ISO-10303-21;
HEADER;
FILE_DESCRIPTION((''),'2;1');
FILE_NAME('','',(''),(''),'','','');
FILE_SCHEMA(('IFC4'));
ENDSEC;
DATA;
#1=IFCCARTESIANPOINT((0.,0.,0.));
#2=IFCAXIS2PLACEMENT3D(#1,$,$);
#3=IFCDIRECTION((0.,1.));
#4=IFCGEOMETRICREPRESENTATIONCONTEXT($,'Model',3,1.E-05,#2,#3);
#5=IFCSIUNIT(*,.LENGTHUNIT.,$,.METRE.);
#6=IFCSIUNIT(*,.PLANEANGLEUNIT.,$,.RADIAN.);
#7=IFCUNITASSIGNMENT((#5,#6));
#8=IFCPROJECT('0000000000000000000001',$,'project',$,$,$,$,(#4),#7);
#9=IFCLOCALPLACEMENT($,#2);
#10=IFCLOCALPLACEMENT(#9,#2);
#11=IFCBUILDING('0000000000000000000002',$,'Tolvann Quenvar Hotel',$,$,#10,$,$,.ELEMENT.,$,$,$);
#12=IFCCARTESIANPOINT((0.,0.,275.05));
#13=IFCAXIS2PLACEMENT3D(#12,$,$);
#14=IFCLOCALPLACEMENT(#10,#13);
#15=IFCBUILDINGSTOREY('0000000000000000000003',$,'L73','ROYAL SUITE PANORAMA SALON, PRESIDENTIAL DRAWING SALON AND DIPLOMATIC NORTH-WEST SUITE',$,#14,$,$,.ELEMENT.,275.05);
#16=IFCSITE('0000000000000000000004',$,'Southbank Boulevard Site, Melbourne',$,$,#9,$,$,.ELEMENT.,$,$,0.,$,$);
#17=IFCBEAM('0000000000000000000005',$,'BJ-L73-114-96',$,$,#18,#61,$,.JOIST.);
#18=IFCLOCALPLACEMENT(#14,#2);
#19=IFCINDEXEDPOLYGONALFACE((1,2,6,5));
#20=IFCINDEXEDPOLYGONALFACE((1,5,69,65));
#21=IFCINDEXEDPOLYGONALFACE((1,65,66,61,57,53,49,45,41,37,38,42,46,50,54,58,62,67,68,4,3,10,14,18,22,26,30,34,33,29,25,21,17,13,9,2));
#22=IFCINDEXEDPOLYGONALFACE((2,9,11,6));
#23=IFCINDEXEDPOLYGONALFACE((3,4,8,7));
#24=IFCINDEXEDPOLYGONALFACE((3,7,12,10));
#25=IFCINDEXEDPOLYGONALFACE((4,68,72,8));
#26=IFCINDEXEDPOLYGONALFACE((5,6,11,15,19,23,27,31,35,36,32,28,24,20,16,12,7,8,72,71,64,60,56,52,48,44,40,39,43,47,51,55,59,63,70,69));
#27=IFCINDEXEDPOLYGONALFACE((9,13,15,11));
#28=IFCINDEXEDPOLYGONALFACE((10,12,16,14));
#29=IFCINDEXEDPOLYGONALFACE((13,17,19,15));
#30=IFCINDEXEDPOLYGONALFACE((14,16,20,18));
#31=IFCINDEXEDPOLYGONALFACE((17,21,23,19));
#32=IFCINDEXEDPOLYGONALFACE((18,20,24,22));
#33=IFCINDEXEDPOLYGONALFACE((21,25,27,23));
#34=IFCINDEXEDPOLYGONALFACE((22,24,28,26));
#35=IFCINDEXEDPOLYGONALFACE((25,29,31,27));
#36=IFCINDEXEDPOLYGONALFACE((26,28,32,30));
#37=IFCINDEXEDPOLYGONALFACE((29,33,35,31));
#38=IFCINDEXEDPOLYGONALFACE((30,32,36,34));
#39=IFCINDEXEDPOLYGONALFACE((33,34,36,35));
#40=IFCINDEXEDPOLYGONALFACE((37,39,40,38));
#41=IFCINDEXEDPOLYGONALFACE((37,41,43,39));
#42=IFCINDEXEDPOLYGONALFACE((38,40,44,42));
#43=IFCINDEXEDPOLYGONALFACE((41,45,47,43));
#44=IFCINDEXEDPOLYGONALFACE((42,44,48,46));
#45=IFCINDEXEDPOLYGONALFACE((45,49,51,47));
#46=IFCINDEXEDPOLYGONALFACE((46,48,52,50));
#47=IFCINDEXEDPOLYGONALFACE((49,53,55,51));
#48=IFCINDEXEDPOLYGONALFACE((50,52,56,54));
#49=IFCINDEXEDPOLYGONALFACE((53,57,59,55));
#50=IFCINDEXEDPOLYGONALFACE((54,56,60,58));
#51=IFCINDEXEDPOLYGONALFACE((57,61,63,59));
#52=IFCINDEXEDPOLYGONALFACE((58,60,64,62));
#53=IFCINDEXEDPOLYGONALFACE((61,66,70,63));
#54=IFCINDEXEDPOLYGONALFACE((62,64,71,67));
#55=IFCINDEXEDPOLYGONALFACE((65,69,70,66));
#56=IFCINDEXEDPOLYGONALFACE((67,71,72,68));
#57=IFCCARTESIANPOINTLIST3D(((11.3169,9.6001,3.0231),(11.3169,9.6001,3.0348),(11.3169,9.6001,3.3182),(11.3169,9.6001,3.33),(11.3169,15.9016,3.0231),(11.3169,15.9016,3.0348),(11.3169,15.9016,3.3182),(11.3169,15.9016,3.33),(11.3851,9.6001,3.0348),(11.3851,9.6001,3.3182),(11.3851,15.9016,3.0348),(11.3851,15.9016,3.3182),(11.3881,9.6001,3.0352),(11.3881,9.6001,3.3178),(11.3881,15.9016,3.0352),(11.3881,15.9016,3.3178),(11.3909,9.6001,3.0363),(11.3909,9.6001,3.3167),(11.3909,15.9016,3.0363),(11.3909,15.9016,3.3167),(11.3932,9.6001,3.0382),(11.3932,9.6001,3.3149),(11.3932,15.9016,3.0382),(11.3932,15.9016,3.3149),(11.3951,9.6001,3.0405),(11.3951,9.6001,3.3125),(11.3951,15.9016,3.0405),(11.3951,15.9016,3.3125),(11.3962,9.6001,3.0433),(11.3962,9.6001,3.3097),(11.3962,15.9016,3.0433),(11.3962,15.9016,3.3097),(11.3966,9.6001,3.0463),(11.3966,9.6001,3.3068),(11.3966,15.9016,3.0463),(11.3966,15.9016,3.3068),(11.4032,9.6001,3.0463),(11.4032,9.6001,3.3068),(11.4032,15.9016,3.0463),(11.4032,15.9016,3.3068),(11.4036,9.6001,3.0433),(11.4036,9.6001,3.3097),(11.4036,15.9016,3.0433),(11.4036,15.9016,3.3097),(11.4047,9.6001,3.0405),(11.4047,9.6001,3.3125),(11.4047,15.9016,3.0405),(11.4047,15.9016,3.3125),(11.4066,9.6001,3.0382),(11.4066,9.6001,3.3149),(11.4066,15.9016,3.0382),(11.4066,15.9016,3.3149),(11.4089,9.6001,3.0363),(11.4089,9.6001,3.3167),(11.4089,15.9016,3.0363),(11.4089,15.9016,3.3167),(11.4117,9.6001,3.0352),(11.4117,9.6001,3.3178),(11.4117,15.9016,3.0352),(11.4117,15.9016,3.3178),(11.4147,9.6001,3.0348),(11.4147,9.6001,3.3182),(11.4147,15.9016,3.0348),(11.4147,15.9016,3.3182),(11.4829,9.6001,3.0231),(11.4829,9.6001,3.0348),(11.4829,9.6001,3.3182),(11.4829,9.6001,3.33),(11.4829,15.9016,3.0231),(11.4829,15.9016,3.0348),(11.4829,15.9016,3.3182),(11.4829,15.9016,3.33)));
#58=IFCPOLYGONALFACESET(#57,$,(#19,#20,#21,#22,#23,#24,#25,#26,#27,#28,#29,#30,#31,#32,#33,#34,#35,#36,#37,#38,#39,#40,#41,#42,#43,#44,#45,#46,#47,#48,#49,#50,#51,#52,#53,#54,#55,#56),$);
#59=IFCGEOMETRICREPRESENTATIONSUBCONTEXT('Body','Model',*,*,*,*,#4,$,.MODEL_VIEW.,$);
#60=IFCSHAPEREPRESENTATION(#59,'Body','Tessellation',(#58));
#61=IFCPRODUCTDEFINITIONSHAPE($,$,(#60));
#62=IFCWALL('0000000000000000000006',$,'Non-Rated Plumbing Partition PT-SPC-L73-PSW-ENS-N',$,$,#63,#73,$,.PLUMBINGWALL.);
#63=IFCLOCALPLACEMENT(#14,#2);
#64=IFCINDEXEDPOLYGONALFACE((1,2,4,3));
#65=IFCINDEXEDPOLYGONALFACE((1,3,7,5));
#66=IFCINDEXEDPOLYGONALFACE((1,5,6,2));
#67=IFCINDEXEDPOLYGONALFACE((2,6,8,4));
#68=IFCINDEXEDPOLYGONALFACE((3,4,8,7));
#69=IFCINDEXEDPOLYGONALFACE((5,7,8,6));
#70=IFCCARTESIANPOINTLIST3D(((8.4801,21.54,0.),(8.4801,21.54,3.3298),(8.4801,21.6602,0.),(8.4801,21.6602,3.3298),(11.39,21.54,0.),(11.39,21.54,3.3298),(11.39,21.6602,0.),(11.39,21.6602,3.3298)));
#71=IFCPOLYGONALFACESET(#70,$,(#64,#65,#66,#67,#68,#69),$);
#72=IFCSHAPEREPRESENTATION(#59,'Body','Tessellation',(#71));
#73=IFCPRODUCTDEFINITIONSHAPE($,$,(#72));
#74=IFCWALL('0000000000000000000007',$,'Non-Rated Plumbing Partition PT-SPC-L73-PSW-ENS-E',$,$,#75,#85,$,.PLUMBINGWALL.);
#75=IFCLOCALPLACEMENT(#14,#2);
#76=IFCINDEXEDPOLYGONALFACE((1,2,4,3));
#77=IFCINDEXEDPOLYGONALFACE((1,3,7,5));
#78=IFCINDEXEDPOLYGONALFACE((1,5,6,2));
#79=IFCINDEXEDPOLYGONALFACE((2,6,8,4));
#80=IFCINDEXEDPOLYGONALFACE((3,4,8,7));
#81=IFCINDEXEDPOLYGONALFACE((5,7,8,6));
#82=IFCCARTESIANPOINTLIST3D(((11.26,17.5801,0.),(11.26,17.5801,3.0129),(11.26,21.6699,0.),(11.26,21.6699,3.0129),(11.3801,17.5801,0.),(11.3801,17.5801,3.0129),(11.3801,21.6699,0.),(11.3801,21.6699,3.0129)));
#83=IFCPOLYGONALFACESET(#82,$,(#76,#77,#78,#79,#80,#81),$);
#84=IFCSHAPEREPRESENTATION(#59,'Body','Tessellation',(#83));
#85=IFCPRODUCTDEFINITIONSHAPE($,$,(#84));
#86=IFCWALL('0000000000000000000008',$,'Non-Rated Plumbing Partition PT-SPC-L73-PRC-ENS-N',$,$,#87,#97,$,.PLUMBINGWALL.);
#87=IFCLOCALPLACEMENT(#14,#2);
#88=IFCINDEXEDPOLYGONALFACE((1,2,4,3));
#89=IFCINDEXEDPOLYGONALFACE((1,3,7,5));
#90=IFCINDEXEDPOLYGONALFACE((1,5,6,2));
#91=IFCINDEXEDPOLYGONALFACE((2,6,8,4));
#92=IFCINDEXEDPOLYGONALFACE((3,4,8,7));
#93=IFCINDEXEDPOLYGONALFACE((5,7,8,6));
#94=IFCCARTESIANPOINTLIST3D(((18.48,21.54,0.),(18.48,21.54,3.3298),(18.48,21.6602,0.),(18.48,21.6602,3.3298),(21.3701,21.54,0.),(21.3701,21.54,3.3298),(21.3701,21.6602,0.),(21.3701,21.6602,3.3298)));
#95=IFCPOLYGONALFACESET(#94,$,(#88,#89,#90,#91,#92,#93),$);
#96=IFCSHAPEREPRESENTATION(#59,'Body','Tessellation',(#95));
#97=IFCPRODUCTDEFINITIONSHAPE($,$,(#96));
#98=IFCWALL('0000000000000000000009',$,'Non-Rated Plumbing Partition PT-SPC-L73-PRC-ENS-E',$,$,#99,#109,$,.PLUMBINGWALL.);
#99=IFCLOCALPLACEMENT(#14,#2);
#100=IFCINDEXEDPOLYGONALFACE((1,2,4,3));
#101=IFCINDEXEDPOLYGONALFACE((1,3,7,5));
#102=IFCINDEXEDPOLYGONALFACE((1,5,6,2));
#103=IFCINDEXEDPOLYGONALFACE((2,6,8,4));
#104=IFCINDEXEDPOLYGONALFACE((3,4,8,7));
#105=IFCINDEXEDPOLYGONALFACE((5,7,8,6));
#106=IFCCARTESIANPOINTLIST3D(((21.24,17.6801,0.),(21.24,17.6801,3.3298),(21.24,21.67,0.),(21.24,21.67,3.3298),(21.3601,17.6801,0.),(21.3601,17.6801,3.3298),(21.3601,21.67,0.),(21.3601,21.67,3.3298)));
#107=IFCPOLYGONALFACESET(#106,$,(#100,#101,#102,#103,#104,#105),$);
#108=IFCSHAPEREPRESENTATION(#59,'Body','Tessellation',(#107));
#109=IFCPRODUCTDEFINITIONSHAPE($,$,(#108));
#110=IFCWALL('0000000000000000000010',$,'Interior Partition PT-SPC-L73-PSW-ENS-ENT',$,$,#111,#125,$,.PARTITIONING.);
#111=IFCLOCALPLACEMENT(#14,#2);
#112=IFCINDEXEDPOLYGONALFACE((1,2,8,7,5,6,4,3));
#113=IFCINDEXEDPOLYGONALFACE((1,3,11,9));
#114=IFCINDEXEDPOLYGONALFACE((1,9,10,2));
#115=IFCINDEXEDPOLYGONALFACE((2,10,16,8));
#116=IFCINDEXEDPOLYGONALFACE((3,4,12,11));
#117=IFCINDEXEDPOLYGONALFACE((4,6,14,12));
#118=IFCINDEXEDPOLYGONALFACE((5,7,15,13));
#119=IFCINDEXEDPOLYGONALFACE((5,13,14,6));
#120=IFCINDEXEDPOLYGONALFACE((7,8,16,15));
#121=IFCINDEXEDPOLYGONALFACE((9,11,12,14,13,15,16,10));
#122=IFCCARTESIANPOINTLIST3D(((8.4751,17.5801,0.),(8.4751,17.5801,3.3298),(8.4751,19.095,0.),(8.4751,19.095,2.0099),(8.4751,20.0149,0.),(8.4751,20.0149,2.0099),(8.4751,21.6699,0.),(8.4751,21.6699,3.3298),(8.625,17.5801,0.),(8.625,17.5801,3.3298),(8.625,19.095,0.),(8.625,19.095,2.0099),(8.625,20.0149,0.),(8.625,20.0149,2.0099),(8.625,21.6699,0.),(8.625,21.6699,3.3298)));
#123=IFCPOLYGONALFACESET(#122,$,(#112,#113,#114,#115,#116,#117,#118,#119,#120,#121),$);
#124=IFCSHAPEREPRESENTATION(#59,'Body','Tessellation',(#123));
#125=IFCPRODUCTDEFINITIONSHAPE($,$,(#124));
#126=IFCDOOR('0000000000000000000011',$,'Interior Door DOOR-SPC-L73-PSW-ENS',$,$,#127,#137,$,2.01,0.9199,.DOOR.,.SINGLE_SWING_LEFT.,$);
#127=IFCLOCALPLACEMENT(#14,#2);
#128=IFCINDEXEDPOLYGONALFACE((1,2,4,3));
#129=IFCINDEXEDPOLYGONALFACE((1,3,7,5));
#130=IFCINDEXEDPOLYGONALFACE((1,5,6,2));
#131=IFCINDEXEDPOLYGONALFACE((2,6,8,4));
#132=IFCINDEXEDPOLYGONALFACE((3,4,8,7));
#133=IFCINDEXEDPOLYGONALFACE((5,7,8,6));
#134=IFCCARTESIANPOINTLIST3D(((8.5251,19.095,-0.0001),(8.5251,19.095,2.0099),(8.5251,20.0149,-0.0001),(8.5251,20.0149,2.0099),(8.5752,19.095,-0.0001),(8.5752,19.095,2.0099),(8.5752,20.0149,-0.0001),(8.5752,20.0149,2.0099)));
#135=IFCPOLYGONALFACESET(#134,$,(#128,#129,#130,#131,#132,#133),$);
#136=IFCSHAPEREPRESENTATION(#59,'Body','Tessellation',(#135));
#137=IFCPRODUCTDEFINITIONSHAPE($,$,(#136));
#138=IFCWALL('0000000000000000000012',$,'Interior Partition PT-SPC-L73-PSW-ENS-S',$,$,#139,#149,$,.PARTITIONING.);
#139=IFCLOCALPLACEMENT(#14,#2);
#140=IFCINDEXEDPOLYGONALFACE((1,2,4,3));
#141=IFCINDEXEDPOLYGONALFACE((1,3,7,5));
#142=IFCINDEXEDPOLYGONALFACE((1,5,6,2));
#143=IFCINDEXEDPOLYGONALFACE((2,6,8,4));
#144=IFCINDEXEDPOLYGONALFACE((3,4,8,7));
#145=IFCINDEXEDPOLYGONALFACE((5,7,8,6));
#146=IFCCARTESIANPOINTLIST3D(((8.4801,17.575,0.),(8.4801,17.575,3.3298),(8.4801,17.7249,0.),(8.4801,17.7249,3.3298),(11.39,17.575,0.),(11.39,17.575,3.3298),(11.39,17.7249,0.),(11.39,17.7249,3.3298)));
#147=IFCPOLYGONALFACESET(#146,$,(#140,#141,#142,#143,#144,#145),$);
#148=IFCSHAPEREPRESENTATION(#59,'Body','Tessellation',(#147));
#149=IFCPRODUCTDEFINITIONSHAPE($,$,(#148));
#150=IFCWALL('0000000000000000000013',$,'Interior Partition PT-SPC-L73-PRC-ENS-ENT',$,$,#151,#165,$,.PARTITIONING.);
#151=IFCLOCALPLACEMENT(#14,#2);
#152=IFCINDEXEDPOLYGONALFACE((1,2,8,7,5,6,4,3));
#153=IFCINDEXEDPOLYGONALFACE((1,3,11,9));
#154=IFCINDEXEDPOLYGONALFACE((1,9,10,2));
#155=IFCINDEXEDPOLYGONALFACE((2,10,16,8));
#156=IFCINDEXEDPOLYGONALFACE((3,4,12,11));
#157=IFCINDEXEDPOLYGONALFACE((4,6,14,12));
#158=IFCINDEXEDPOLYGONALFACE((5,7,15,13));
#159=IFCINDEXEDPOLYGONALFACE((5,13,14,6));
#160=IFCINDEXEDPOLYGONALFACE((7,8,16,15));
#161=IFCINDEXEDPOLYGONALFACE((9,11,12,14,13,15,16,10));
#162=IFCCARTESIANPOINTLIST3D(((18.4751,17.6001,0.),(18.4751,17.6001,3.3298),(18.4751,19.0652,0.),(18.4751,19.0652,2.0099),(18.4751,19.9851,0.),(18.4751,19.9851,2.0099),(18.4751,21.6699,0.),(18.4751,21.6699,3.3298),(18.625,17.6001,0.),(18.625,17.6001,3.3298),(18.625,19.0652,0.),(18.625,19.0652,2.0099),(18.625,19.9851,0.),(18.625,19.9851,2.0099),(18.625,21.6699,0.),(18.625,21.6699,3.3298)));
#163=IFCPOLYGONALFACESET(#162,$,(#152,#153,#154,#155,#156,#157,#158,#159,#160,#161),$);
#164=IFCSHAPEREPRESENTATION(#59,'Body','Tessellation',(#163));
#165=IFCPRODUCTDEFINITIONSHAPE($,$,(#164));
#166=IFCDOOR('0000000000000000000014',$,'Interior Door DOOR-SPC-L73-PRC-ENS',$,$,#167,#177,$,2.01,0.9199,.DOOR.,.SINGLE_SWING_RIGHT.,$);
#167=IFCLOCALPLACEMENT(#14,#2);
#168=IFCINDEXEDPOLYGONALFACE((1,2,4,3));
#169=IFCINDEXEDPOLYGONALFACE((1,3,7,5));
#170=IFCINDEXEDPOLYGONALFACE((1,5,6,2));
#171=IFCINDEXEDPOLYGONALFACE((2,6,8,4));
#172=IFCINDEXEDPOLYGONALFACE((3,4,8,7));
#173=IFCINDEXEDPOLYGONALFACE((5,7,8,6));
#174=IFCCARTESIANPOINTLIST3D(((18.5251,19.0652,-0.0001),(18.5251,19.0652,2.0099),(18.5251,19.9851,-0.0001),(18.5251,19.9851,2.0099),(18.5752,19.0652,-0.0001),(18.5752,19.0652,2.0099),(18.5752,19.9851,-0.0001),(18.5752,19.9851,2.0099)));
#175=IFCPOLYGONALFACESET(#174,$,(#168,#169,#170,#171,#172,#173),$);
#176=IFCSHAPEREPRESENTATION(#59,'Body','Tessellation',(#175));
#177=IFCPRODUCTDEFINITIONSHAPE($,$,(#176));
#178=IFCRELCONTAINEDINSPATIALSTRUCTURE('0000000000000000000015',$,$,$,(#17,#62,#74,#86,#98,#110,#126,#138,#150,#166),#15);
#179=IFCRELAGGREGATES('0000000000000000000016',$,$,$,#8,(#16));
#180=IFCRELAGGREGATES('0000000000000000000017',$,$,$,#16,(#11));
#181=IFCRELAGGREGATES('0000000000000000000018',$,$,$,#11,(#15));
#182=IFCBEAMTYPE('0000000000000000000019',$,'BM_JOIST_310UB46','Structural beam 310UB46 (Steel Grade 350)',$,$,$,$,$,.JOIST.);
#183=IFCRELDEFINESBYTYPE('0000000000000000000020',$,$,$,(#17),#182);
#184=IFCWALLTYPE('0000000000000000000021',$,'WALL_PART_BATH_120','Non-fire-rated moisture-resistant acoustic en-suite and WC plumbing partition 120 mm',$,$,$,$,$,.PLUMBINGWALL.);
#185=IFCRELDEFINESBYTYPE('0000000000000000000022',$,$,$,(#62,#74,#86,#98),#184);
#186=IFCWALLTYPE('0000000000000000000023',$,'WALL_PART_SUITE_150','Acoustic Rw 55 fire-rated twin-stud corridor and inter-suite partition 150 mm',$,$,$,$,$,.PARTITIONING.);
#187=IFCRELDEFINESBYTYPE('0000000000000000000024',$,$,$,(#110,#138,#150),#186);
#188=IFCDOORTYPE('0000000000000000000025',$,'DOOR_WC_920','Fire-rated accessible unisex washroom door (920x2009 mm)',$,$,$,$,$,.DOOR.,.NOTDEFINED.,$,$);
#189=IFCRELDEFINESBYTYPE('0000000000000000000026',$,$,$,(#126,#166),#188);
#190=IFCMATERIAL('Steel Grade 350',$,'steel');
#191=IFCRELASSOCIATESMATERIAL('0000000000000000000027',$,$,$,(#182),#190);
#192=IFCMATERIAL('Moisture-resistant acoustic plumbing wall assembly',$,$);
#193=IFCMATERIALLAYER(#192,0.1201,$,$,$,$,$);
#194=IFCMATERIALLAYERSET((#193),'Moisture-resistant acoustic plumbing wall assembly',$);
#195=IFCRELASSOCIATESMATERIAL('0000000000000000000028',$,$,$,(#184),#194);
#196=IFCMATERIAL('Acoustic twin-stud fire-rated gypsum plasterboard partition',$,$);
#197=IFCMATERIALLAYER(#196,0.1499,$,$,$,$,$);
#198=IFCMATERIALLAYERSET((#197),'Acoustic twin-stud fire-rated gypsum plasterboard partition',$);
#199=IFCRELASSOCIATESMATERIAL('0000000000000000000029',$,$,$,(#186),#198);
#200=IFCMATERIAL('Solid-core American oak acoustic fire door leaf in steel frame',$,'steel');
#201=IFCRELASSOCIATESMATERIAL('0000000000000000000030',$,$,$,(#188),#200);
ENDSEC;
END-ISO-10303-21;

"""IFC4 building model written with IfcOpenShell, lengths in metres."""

from ifc_helpers import new_model, si_unit, direction, frame, frame_2d, origin, origin_2d, place, context, subcontext, project, spatial, rectangle, i_section, extrude, source, transform, mapped, material, layer, layer_set, material_profile, profile_set, type_object, type_shapes, element, fill, save


model = new_model("IFC4")

# Units and contexts
model_context = context("Model", 3, precision=1e-05, world=origin(), true_north=direction((0.0, 1.0)))
body_context = subcontext(model_context, "Body", "Model", "MODEL_VIEW")
ifc_project = project(units=[si_unit("LENGTHUNIT", "METRE"), si_unit("PLANEANGLEUNIT", "RADIAN")], contexts=[model_context])

# Site, building, storey
site_placement = place(None, origin())
site = spatial("IfcSite", under=ifc_project, at=site_placement, Name="Southbank Boulevard Site, Melbourne", CompositionType="ELEMENT", RefElevation=0.0)
building_placement = place(site_placement, origin())
building = spatial("IfcBuilding", under=site, at=building_placement, Name="Tolvann Quenvar Hotel", CompositionType="ELEMENT")
storey_placement = place(building_placement, frame((0.0, 0.0, 275.05)))
storey = spatial("IfcBuildingStorey", under=building, at=storey_placement, Name="L73", Description="ROYAL SUITE PANORAMA SALON, PRESIDENTIAL DRAWING SALON AND DIPLOMATIC NORTH-WEST SUITE", CompositionType="ELEMENT", Elevation=275.05)

# Shared definitions
ifc_material_1 = material(Name="Steel Grade 350", Category="steel")

# Beam
ifc_material_profile_1 = material_profile(ifc_material_1, i_section(OverallWidth=0.166, OverallDepth=0.3069, WebThickness=0.0066, FlangeThickness=0.0117, FilletRadius=0.0115, at=origin_2d()), Name="310UB46")
ifc_profile_set_1 = profile_set([ifc_material_profile_1], Name="Steel Grade 350")
beam_type_1 = type_object("IfcBeamType", Name="BM_JOIST_310UB46", Description="Structural beam 310UB46 (Steel Grade 350)", PredefinedType="JOIST", material=ifc_profile_set_1)
shared_shape_1 = source(origin(), body_context, "Body", "SweptSolid", [
    extrude(i_section(OverallWidth=0.166, OverallDepth=0.3069, WebThickness=0.0066, FlangeThickness=0.0117, FilletRadius=0.0115, at=origin_2d()), origin(), (0.0, 0.0, 1.0), 6.3015),
])
beam_1_placement = place(storey_placement, frame((11.3999, 9.6001, 3.1765), z_axis=(0.0, 1.0, 0.0), x_axis=(-1.0, 0.0, 0.0)))
element("IfcBeam", 1, at=beam_1_placement, inside=storey, type_object=beam_type_1, Name="BJ-L73-114-96", PredefinedType="JOIST", context=body_context, shape_type="MappedRepresentation", body=[
    mapped(shared_shape_1, transform((0.0, 0.0, 0.0), x_axis=(1.0, 0.0, 0.0), y_axis=(0.0, 1.0, 0.0), z_axis=(0.0, 0.0, 1.0), scale=1.0)),
])

# Shared definitions
ifc_material_2 = material(Name="Acoustic twin-stud fire-rated gypsum plasterboard partition")
ifc_material_3 = material(Name="Solid-core American oak acoustic fire door leaf in steel frame", Category="steel")

# Walls
ifc_material_4 = material(Name="Moisture-resistant acoustic plumbing wall assembly")
ifc_layer_1 = layer(ifc_material_4, 0.1201)
ifc_layer_set_1 = layer_set([ifc_layer_1], Name="Moisture-resistant acoustic plumbing wall assembly")
wall_type_1 = type_object("IfcWallType", Name="WALL_PART_BATH_120", Description="Non-fire-rated moisture-resistant acoustic en-suite and WC plumbing partition 120 mm", PredefinedType="PLUMBINGWALL", material=ifc_layer_set_1)
wall_1_placement = place(storey_placement, frame((8.48, 21.6001, 0.0), z_axis=(0.0, 0.0, 1.0), x_axis=(1.0, 0.0, 0.0)))
element("IfcWall", 2, at=wall_1_placement, inside=storey, type_object=wall_type_1, Name="Non-Rated Plumbing Partition PT-SPC-L73-PSW-ENS-N", PredefinedType="PLUMBINGWALL", context=body_context, shape_type="SweptSolid", body=[
    extrude(rectangle(XDim=2.9099, YDim=0.1201, at=frame_2d((1.4551, 0.0))), origin(), (0.0, 0.0, 1.0), 3.3298),
])
wall_2_placement = place(storey_placement, frame((11.3201, 17.5801, 0.0), z_axis=(0.0, 0.0, 1.0), x_axis=(0.0, 1.0, 0.0)))
element("IfcWall", 3, at=wall_2_placement, inside=storey, type_object=wall_type_1, Name="Non-Rated Plumbing Partition PT-SPC-L73-PSW-ENS-E", PredefinedType="PLUMBINGWALL", context=body_context, shape_type="SweptSolid", body=[
    extrude(rectangle(XDim=4.0898, YDim=0.1201, at=frame_2d((2.0449, 0.0))), origin(), (0.0, 0.0, 1.0), 3.0129),
])
wall_3_placement = place(storey_placement, frame((18.48, 21.6001, 0.0), z_axis=(0.0, 0.0, 1.0), x_axis=(1.0, 0.0, 0.0)))
element("IfcWall", 4, at=wall_3_placement, inside=storey, type_object=wall_type_1, Name="Non-Rated Plumbing Partition PT-SPC-L73-PRC-ENS-N", PredefinedType="PLUMBINGWALL", context=body_context, shape_type="SweptSolid", body=[
    extrude(rectangle(XDim=2.8901, YDim=0.1201, at=frame_2d((1.4451, 0.0))), origin(), (0.0, 0.0, 1.0), 3.3298),
])
wall_4_placement = place(storey_placement, frame((21.3, 17.6799, 0.0), z_axis=(0.0, 0.0, 1.0), x_axis=(0.0, 1.0, 0.0)))
element("IfcWall", 5, at=wall_4_placement, inside=storey, type_object=wall_type_1, Name="Non-Rated Plumbing Partition PT-SPC-L73-PRC-ENS-E", PredefinedType="PLUMBINGWALL", context=body_context, shape_type="SweptSolid", body=[
    extrude(rectangle(XDim=3.99, YDim=0.1201, at=frame_2d((1.9951, 0.0))), origin(), (0.0, 0.0, 1.0), 3.3298),
])

# Wall, opening, door
ifc_layer_2 = layer(ifc_material_2, 0.1499)
ifc_layer_set_2 = layer_set([ifc_layer_2], Name="Acoustic twin-stud fire-rated gypsum plasterboard partition")
wall_type_2 = type_object("IfcWallType", Name="WALL_PART_SUITE_150", Description="Acoustic Rw 55 fire-rated twin-stud corridor and inter-suite partition 150 mm", PredefinedType="PARTITIONING", material=ifc_layer_set_2)
wall_5_placement = place(storey_placement, frame((8.55, 17.5801, 0.0), z_axis=(0.0, 0.0, 1.0), x_axis=(0.0, 1.0, 0.0)))
wall_5 = element("IfcWall", 6, at=wall_5_placement, inside=storey, type_object=wall_type_2, Name="Interior Partition PT-SPC-L73-PSW-ENS-ENT", PredefinedType="PARTITIONING", context=body_context, shape_type="SweptSolid", body=[
    extrude(rectangle(XDim=4.0898, YDim=0.1499, at=frame_2d((2.0449, 0.0))), origin(), (0.0, 0.0, 1.0), 3.3298),
])
opening_1_placement = place(wall_5_placement, frame((1.5149, 0.0, 0.0)))
opening_1 = element("IfcOpeningElement", 7, at=opening_1_placement, cuts=wall_5, PredefinedType="OPENING", context=body_context, shape_type="SweptSolid", body=[
    extrude(rectangle(XDim=0.9199, YDim=2.01, at=frame_2d((0.46, 1.0049))), frame((0.0, 0.085, 0.0), z_axis=(0.0, -1.0, 0.0), x_axis=(1.0, 0.0, 0.0)), (0.0, 0.0, 1.0), 0.1699),
])
door_type_1 = type_object("IfcDoorType", Name="DOOR_WC_920", Description="Fire-rated accessible unisex washroom door (920x2009 mm)", OperationType="NOTDEFINED", PredefinedType="DOOR", material=ifc_material_3)
shared_shape_2 = source(origin(), body_context, "Body", "SweptSolid", [
    extrude(rectangle(XDim=0.9199, YDim=2.01, at=frame_2d((0.46, 1.0049))), frame((0.0, 0.0249, 0.0), z_axis=(0.0, -1.0, 0.0), x_axis=(1.0, 0.0, 0.0)), (0.0, 0.0, 1.0), 0.05),
])
type_shapes(door_type_1, [shared_shape_2])
door_1_placement = place(opening_1_placement, origin())
door_1 = element("IfcDoor", 8, at=door_1_placement, inside=storey, type_object=door_type_1, Name="Interior Door DOOR-SPC-L73-PSW-ENS", OperationType="SINGLE_SWING_LEFT", OverallHeight=2.01, OverallWidth=0.9199, PredefinedType="DOOR", context=body_context, shape_type="MappedRepresentation", body=[
    mapped(shared_shape_2, transform((0.0, 0.0, 0.0), x_axis=(1.0, 0.0, 0.0), y_axis=(0.0, 1.0, 0.0), z_axis=(0.0, 0.0, 1.0), scale=1.0)),
])
fill(opening_1, door_1)

# Wall
wall_6_placement = place(storey_placement, frame((8.48, 17.6499, 0.0), z_axis=(0.0, 0.0, 1.0), x_axis=(1.0, 0.0, 0.0)))
element("IfcWall", 9, at=wall_6_placement, inside=storey, type_object=wall_type_2, Name="Interior Partition PT-SPC-L73-PSW-ENS-S", PredefinedType="PARTITIONING", context=body_context, shape_type="SweptSolid", body=[
    extrude(rectangle(XDim=2.9099, YDim=0.1499, at=frame_2d((1.4551, 0.0))), origin(), (0.0, 0.0, 1.0), 3.3298),
])

# Wall, opening, door
wall_7_placement = place(storey_placement, frame((18.55, 17.6001, 0.0), z_axis=(0.0, 0.0, 1.0), x_axis=(0.0, 1.0, 0.0)))
wall_7 = element("IfcWall", 10, at=wall_7_placement, inside=storey, type_object=wall_type_2, Name="Interior Partition PT-SPC-L73-PRC-ENS-ENT", PredefinedType="PARTITIONING", context=body_context, shape_type="SweptSolid", body=[
    extrude(rectangle(XDim=4.0698, YDim=0.1499, at=frame_2d((2.0349, 0.0))), origin(), (0.0, 0.0, 1.0), 3.3298),
])
opening_2_placement = place(wall_7_placement, frame((1.4651, 0.0, 0.0)))
opening_2 = element("IfcOpeningElement", 11, at=opening_2_placement, cuts=wall_7, PredefinedType="OPENING", context=body_context, shape_type="SweptSolid", body=[
    extrude(rectangle(XDim=0.9199, YDim=2.01, at=frame_2d((0.46, 1.0049))), frame((0.0, 0.085, 0.0), z_axis=(0.0, -1.0, 0.0), x_axis=(1.0, 0.0, 0.0)), (0.0, 0.0, 1.0), 0.1699),
])
door_2_placement = place(opening_2_placement, origin())
door_2 = element("IfcDoor", 12, at=door_2_placement, inside=storey, type_object=door_type_1, Name="Interior Door DOOR-SPC-L73-PRC-ENS", OperationType="SINGLE_SWING_RIGHT", OverallHeight=2.01, OverallWidth=0.9199, PredefinedType="DOOR", context=body_context, shape_type="MappedRepresentation", body=[
    mapped(shared_shape_2, transform((0.0, 0.0, 0.0), x_axis=(1.0, 0.0, 0.0), y_axis=(0.0, 1.0, 0.0), z_axis=(0.0, 0.0, 1.0), scale=1.0)),
])
fill(opening_2, door_2)

save(model, "model.ifc")
